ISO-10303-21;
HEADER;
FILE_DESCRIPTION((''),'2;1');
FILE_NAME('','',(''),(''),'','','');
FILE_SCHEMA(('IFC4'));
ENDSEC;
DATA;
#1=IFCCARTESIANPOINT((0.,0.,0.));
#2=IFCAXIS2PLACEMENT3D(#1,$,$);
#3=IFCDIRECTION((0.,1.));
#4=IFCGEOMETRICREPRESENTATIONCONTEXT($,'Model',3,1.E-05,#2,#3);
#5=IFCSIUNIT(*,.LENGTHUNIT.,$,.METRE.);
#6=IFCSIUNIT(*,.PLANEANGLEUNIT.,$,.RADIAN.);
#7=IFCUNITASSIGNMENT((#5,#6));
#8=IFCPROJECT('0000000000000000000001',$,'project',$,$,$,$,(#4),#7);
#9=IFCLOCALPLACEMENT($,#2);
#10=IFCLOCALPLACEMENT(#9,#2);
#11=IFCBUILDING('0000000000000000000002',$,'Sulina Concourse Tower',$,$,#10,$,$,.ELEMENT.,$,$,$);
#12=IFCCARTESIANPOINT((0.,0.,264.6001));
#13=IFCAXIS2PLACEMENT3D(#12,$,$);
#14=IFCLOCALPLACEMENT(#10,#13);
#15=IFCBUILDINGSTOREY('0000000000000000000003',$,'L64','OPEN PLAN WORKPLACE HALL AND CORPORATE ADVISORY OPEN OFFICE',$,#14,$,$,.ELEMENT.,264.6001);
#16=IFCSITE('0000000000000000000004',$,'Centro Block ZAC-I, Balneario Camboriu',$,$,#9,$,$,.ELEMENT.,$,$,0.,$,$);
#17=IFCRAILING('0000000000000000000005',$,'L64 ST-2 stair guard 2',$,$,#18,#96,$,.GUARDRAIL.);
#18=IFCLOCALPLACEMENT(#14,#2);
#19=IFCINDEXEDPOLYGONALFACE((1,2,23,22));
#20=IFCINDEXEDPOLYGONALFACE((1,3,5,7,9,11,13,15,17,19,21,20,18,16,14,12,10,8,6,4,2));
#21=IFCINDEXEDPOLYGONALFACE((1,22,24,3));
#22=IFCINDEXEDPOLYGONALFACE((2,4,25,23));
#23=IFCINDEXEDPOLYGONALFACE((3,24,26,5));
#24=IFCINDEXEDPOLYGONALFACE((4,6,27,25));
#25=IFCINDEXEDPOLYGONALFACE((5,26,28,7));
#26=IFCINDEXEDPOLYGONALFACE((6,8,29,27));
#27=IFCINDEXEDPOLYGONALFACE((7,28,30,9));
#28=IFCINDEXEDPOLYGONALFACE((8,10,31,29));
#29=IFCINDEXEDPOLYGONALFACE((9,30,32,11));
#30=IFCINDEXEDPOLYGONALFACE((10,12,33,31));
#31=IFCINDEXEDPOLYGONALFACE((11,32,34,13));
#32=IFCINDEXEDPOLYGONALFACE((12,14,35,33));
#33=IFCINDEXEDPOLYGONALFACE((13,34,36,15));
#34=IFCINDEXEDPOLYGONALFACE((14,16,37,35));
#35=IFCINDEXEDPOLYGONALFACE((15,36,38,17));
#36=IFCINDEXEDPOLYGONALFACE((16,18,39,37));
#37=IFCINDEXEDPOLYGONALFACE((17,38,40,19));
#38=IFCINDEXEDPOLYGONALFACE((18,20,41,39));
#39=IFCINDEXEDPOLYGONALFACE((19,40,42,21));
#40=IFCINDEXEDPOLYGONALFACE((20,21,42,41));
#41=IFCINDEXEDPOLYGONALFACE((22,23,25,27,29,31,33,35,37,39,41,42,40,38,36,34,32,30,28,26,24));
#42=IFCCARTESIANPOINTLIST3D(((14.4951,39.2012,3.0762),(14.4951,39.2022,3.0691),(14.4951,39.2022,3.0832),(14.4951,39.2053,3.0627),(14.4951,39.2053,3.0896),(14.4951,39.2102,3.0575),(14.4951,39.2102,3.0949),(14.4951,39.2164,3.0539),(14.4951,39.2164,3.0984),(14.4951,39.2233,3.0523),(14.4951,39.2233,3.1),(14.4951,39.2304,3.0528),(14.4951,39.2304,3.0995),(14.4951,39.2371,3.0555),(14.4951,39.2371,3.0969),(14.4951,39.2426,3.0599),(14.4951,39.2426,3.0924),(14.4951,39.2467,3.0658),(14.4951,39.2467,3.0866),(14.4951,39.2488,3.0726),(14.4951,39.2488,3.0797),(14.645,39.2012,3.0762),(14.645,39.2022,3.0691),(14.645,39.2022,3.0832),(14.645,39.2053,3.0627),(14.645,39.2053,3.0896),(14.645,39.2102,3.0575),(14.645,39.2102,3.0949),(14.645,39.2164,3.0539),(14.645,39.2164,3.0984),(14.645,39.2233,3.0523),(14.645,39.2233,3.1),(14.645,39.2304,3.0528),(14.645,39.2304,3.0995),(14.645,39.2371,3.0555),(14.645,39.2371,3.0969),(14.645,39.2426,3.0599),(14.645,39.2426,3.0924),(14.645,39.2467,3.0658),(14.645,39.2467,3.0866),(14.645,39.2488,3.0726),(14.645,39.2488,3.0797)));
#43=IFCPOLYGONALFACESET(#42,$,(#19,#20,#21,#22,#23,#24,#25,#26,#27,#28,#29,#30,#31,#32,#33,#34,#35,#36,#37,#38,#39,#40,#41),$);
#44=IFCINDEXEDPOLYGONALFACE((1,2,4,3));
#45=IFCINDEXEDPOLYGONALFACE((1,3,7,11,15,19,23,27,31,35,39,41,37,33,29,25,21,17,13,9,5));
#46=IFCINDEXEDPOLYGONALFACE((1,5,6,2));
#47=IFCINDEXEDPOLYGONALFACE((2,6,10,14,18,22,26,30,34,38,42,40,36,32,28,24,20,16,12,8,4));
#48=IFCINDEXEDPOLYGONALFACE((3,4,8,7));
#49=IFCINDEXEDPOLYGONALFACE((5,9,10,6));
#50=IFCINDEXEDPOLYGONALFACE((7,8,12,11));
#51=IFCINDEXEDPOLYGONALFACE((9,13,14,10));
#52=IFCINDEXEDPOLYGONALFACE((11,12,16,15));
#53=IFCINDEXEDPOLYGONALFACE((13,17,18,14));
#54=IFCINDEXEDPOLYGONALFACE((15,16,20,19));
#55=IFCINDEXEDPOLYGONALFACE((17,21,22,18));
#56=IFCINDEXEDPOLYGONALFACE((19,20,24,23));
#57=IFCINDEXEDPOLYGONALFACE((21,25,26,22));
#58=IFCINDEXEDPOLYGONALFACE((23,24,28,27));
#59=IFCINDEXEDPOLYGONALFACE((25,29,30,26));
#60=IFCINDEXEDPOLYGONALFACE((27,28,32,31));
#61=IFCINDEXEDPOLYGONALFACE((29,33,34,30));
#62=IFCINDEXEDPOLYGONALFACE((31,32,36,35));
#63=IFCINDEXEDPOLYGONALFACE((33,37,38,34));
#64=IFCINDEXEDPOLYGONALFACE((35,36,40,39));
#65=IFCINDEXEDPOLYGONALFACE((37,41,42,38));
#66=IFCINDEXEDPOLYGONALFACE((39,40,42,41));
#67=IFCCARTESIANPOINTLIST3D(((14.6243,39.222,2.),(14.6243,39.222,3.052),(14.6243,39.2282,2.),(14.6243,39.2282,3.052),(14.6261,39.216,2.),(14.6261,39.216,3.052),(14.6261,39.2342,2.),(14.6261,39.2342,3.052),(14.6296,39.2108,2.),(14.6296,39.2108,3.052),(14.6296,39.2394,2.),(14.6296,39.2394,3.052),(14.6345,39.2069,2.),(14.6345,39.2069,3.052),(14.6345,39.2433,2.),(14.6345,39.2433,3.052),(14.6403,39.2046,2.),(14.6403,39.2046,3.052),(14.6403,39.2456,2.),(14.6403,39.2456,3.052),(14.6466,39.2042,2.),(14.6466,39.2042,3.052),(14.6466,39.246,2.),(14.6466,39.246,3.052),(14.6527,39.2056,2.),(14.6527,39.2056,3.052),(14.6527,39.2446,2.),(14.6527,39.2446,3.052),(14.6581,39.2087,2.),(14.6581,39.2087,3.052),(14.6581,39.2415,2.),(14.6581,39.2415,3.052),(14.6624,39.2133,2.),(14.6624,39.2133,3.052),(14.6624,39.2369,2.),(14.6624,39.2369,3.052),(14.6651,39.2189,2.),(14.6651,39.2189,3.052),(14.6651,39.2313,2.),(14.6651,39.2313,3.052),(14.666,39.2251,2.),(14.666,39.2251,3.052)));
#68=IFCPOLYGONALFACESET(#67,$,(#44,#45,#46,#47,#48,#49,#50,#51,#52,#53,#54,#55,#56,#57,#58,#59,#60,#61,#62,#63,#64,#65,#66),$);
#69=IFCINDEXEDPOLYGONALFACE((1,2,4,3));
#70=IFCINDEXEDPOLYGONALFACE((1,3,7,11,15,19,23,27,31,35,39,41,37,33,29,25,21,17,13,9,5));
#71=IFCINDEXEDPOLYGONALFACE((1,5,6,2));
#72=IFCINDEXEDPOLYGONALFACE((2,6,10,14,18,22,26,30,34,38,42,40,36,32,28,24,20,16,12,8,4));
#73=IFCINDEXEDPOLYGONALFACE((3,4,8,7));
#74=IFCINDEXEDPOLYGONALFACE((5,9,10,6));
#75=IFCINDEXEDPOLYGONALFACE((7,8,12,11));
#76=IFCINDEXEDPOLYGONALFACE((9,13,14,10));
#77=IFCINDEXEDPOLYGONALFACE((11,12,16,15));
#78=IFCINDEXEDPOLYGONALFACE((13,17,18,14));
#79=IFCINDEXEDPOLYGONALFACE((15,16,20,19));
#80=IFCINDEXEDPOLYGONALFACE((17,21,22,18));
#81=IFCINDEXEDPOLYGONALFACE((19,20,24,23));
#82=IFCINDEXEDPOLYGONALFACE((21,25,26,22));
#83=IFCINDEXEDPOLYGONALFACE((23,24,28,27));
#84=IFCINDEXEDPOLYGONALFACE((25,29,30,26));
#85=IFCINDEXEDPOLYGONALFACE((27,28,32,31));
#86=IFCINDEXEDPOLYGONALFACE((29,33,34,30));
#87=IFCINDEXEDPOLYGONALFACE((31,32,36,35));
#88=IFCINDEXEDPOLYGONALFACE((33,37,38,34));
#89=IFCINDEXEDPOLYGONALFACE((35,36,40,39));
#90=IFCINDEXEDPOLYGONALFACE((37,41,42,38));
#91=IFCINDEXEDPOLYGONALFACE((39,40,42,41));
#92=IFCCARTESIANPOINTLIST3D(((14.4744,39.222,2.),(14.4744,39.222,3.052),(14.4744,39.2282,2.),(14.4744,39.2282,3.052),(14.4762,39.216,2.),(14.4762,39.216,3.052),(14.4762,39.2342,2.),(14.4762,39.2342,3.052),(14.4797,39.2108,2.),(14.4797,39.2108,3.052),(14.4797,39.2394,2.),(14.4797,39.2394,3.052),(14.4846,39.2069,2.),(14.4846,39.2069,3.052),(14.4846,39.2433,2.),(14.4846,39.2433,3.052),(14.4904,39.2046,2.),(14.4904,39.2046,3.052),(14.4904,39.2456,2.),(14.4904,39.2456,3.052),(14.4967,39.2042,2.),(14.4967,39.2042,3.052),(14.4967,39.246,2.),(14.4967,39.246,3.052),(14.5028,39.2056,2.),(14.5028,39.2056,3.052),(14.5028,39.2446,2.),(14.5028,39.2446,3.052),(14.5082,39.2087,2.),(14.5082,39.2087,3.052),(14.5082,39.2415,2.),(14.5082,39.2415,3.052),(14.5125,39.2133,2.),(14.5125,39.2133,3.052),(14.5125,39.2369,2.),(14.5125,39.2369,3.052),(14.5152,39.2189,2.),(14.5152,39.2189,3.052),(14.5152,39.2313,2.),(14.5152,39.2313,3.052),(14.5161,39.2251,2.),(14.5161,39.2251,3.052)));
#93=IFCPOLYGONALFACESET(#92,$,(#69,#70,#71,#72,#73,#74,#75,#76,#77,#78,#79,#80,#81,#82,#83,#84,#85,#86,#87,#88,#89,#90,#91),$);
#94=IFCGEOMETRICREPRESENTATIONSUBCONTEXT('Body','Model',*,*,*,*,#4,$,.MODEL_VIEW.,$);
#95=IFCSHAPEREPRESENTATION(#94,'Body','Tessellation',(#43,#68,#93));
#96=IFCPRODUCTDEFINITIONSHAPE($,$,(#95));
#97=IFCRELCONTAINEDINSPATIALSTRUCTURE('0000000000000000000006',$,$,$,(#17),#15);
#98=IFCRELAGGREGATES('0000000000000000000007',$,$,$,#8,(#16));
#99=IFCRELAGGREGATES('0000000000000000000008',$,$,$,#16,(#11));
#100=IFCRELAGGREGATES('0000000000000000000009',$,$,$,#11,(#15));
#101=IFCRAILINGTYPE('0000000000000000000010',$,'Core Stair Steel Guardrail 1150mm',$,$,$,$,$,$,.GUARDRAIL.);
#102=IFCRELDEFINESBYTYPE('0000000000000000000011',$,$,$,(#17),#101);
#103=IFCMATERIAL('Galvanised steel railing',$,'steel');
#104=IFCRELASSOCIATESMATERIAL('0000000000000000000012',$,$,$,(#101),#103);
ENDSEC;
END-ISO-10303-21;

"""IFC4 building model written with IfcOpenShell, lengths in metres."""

from ifc_helpers import new_model, si_unit, direction, frame, origin, origin_2d, place, context, subcontext, project, spatial, circle, extrude, material, type_object, element, save


model = new_model("IFC4")

# Units and contexts
model_context = context("Model", 3, precision=1e-05, world=origin(), true_north=direction((0.0, 1.0)))
body_context = subcontext(model_context, "Body", "Model", "MODEL_VIEW")
ifc_project = project(units=[si_unit("LENGTHUNIT", "METRE"), si_unit("PLANEANGLEUNIT", "RADIAN")], contexts=[model_context])

# Site, building, storey
site_placement = place(None, origin())
site = spatial("IfcSite", under=ifc_project, at=site_placement, Name="Centro Block ZAC-I, Balneario Camboriu", CompositionType="ELEMENT", RefElevation=0.0)
building_placement = place(site_placement, origin())
building = spatial("IfcBuilding", under=site, at=building_placement, Name="Sulina Concourse Tower", CompositionType="ELEMENT")
storey_placement = place(building_placement, frame((0.0, 0.0, 264.6001)))
storey = spatial("IfcBuildingStorey", under=building, at=storey_placement, Name="L64", Description="OPEN PLAN WORKPLACE HALL AND CORPORATE ADVISORY OPEN OFFICE", CompositionType="ELEMENT", Elevation=264.6001)

# Railing
ifc_material_1 = material(Name="Galvanised steel railing", Category="steel")
railing_type_1 = type_object("IfcRailingType", Name="Core Stair Steel Guardrail 1150mm", PredefinedType="GUARDRAIL", material=ifc_material_1)
railing_1_placement = place(storey_placement, frame((14.645, 39.2251, 2.0)))
element("IfcRailing", 1, at=railing_1_placement, inside=storey, type_object=railing_type_1, Name="L64 ST-2 stair guard 2", PredefinedType="GUARDRAIL", context=body_context, shape_type="SweptSolid", body=[
    extrude(circle(Radius=0.0239, at=origin_2d()), frame((0.0, 0.0, 1.0762), z_axis=(-1.0, 0.0, 0.0), x_axis=(0.0, -1.0, 0.0)), (0.0, 0.0, 1.0), 0.1499),
    extrude(circle(Radius=0.021, at=origin_2d()), origin(), (0.0, 0.0, 1.0), 1.052),
    extrude(circle(Radius=0.021, at=origin_2d()), frame((-0.1499, 0.0, 0.0)), (0.0, 0.0, 1.0), 1.052),
])

save(model, "model.ifc")
